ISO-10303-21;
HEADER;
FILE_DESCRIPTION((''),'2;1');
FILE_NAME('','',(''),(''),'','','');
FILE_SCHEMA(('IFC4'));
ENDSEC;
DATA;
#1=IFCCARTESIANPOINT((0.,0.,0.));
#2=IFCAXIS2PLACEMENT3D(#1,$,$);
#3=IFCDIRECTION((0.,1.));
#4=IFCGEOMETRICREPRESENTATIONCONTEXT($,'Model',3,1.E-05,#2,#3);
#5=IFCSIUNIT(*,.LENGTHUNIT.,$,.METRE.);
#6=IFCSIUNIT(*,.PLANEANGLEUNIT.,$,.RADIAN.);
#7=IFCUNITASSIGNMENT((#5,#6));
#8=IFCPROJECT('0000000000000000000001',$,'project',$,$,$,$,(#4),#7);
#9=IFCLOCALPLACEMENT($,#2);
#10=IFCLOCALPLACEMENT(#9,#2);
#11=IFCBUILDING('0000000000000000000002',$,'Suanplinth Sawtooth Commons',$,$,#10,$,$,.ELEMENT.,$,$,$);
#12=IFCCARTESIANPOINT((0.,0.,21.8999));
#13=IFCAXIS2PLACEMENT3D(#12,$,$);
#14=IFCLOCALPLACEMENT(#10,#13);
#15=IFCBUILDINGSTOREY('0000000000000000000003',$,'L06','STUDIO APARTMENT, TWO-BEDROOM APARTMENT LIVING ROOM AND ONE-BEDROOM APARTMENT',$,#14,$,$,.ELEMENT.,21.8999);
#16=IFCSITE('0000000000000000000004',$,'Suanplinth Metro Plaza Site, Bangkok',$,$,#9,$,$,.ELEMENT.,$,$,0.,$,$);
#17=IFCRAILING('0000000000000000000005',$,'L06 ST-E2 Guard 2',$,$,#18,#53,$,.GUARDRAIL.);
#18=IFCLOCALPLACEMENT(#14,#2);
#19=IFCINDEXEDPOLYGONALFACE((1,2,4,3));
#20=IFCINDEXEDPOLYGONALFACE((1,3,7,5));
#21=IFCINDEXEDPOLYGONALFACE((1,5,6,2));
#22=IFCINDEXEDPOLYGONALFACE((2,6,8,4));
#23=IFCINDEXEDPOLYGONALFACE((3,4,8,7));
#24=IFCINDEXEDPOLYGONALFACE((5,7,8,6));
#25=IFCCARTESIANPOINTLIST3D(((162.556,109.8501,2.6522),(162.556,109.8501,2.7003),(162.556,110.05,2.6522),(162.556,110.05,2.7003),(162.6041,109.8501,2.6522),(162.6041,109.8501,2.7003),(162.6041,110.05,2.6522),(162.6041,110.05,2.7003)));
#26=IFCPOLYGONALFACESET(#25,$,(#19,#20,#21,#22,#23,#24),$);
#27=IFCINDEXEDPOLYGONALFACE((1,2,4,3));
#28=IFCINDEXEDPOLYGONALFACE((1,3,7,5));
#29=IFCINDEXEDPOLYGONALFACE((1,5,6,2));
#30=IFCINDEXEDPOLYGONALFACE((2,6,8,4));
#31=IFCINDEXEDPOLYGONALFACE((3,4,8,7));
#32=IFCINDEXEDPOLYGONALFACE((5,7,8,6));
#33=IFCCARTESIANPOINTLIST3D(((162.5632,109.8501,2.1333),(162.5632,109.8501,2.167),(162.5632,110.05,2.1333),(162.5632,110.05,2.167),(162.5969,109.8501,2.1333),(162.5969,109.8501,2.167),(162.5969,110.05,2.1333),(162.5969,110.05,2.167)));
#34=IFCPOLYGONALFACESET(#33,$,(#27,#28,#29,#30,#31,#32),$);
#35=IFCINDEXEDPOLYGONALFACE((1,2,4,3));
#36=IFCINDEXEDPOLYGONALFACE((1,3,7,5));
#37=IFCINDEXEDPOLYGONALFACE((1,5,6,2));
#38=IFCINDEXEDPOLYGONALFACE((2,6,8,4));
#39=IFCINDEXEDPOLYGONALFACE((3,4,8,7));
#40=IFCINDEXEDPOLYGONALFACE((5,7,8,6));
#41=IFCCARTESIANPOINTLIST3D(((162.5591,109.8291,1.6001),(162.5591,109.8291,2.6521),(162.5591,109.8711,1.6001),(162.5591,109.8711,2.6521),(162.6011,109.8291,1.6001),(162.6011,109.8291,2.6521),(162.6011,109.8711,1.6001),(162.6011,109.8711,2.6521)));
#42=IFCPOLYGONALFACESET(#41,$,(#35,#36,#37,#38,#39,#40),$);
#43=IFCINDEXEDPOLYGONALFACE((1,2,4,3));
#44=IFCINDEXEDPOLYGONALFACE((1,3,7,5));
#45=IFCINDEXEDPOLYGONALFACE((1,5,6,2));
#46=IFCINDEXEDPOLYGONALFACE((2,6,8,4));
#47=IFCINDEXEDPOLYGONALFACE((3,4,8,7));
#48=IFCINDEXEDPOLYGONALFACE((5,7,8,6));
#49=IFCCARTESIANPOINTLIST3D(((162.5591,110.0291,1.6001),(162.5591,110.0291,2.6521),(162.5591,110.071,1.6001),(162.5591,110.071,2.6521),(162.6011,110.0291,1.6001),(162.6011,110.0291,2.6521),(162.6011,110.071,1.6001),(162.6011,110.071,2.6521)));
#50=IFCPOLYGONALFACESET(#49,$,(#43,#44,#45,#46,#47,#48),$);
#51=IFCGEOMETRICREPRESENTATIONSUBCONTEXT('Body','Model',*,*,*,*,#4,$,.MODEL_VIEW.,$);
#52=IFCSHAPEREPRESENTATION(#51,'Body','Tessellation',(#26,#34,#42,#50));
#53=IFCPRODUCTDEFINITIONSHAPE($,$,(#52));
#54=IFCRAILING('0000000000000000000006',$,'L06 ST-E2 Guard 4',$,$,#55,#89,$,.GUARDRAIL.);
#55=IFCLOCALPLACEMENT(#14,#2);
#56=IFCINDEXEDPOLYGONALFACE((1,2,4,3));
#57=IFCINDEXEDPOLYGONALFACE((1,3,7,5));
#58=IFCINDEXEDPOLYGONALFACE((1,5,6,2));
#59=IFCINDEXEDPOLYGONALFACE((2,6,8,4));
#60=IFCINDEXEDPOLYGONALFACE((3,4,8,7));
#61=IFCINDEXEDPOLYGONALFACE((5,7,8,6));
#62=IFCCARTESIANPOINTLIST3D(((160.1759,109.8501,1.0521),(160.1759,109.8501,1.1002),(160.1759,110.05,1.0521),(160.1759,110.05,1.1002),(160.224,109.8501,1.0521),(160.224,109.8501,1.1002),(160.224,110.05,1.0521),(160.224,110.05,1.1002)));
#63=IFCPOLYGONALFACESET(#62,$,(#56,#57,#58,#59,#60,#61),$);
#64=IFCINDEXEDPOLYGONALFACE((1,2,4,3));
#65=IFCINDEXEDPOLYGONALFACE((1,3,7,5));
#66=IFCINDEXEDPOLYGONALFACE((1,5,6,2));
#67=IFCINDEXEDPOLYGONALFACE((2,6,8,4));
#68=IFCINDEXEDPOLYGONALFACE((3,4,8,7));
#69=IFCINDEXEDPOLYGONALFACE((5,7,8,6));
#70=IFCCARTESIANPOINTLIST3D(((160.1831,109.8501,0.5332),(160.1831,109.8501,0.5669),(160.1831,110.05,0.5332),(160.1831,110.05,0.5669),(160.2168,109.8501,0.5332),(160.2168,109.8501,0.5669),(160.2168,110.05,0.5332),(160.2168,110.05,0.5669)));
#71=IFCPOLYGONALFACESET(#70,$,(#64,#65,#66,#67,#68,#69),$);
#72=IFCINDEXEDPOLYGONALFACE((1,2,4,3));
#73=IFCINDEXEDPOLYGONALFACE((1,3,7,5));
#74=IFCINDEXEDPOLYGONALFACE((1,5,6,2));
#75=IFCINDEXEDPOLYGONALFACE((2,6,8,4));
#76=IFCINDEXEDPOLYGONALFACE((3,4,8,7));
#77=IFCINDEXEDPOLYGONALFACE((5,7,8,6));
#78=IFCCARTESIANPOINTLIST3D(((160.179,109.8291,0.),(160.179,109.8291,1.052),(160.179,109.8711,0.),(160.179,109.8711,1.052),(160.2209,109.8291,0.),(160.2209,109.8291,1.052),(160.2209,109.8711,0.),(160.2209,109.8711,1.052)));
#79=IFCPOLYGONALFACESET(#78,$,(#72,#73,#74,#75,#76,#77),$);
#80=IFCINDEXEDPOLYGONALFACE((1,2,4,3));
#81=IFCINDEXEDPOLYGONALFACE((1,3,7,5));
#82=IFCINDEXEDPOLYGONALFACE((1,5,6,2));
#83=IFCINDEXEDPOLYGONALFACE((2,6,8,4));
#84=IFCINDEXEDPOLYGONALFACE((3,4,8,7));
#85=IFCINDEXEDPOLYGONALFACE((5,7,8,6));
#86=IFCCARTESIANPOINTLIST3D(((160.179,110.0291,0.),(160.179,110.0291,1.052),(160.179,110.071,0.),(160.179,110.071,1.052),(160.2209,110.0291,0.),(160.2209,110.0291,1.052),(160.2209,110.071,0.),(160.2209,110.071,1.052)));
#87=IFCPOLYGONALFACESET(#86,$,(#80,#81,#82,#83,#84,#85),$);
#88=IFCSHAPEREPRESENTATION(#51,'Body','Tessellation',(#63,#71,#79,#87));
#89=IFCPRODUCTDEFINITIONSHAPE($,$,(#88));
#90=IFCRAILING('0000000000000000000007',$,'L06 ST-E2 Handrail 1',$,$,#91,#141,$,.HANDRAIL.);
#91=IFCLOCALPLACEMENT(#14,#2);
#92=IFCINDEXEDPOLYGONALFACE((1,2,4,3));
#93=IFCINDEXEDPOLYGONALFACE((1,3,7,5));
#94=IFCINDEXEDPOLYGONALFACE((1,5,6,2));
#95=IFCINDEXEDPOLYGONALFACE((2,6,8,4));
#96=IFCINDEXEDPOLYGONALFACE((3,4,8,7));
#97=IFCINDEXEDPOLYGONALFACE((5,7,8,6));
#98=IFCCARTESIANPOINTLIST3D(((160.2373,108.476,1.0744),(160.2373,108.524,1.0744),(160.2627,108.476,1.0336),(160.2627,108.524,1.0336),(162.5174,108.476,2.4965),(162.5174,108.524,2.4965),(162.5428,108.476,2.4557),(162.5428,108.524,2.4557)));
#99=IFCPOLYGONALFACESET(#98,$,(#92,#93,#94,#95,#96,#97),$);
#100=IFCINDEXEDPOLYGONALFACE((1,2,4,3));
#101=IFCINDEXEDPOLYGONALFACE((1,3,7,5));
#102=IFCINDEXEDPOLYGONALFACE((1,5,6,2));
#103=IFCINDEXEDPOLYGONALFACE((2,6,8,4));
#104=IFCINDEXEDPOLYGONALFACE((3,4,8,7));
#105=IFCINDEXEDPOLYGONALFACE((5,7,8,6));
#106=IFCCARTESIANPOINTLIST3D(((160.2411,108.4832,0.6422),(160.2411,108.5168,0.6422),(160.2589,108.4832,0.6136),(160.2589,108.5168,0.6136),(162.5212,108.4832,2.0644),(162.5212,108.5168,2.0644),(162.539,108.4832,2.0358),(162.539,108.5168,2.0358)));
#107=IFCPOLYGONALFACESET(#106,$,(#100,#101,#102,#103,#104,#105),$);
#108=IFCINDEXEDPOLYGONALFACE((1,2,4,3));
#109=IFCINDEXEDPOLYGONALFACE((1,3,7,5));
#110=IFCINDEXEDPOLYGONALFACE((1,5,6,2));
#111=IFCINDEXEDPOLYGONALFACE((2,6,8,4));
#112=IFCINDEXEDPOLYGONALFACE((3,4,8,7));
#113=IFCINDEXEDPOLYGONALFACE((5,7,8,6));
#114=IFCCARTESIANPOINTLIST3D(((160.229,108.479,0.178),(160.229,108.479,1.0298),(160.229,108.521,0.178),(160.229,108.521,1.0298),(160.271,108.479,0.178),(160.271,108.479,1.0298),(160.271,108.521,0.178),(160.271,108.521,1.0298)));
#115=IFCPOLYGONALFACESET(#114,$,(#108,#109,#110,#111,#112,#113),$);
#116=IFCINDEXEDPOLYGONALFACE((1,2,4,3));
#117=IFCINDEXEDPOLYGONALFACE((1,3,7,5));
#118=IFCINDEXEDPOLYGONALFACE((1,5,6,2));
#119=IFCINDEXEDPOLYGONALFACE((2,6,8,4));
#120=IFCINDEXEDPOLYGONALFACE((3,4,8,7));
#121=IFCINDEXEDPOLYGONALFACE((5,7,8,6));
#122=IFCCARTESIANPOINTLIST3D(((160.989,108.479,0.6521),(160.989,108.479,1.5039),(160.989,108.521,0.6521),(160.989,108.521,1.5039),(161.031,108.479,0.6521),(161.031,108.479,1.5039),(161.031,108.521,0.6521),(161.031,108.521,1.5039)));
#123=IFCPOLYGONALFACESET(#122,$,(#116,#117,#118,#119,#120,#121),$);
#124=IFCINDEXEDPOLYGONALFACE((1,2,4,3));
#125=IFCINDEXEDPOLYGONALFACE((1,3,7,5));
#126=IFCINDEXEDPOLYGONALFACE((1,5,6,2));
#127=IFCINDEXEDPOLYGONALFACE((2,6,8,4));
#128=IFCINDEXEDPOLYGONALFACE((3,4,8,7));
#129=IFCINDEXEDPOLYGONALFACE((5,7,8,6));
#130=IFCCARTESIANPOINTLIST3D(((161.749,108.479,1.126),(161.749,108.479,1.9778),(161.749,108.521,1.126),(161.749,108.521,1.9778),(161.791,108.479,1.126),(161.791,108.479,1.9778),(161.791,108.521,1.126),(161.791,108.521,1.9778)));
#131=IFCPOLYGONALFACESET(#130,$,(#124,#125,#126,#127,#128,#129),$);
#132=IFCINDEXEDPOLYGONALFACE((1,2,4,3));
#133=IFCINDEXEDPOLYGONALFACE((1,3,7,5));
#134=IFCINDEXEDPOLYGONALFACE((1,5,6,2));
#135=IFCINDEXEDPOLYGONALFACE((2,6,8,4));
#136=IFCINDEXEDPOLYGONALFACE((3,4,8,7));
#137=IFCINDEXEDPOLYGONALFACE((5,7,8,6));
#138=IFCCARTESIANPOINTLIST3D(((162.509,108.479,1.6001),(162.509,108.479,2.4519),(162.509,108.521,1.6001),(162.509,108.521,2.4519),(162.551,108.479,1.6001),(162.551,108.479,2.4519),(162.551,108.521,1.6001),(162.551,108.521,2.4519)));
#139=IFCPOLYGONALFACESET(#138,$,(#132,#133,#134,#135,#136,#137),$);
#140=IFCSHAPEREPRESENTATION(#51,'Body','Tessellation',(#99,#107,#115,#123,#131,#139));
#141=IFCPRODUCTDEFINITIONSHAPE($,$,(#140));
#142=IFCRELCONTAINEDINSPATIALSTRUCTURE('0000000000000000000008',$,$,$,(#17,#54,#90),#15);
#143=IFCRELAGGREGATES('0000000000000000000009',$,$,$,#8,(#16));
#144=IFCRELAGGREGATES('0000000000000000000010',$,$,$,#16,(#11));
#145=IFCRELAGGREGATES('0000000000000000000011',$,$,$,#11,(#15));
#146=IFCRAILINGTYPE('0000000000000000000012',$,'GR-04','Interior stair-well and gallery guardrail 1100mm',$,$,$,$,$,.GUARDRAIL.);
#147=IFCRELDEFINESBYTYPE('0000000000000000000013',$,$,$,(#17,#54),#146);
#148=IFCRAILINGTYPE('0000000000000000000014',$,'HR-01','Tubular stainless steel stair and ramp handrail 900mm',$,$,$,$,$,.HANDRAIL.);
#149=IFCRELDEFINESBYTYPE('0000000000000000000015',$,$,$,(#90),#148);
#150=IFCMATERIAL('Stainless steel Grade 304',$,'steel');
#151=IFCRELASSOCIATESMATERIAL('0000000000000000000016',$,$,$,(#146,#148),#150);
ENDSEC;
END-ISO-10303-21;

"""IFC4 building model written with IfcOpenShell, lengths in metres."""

from ifc_helpers import new_model, si_unit, direction, frame, origin, origin_2d, place, context, subcontext, project, spatial, rectangle, extrude, material, type_object, element, save


model = new_model("IFC4")

# Units and contexts
model_context = context("Model", 3, precision=1e-05, world=origin(), true_north=direction((0.0, 1.0)))
body_context = subcontext(model_context, "Body", "Model", "MODEL_VIEW")
ifc_project = project(units=[si_unit("LENGTHUNIT", "METRE"), si_unit("PLANEANGLEUNIT", "RADIAN")], contexts=[model_context])

# Site, building, storey
site_placement = place(None, origin())
site = spatial("IfcSite", under=ifc_project, at=site_placement, Name="Suanplinth Metro Plaza Site, Bangkok", CompositionType="ELEMENT", RefElevation=0.0)
building_placement = place(site_placement, origin())
building = spatial("IfcBuilding", under=site, at=building_placement, Name="Suanplinth Sawtooth Commons", CompositionType="ELEMENT")
storey_placement = place(building_placement, frame((0.0, 0.0, 21.8999)))
storey = spatial("IfcBuildingStorey", under=building, at=storey_placement, Name="L06", Description="STUDIO APARTMENT, TWO-BEDROOM APARTMENT LIVING ROOM AND ONE-BEDROOM APARTMENT", CompositionType="ELEMENT", Elevation=21.8999)

# Railings
ifc_material_1 = material(Name="Stainless steel Grade 304", Category="steel")
railing_type_1 = type_object("IfcRailingType", Name="GR-04", Description="Interior stair-well and gallery guardrail 1100mm", PredefinedType="GUARDRAIL", material=ifc_material_1)
for number, where, name in (
    (1, (162.5801, 109.8501, 1.6001), "L06 ST-E2 Guard 2"),
    (2, (160.2, 109.8501, 0.0), "L06 ST-E2 Guard 4"),
):
    element("IfcRailing", number, at=place(storey_placement, frame(where)), inside=storey, type_object=railing_type_1, Name=name, PredefinedType="GUARDRAIL", context=body_context, shape_type="SweptSolid", body=[
        extrude(rectangle(XDim=0.0481, YDim=0.0481, at=origin_2d()), frame((0.0, 0.0, 1.0762), z_axis=(0.0, 1.0, 0.0), x_axis=(-1.0, 0.0, 0.0)), (0.0, 0.0, 1.0), 0.2),
        extrude(rectangle(XDim=0.0337, YDim=0.0337, at=origin_2d()), frame((0.0, 0.0, 0.55), z_axis=(0.0, 1.0, 0.0), x_axis=(-1.0, 0.0, 0.0)), (0.0, 0.0, 1.0), 0.2),
        extrude(rectangle(XDim=0.042, YDim=0.042, at=origin_2d()), origin(), (0.0, 0.0, 1.0), 1.052),
        extrude(rectangle(XDim=0.042, YDim=0.042, at=origin_2d()), frame((0.0, 0.2, 0.0)), (0.0, 0.0, 1.0), 1.052),
    ])
railing_type_2 = type_object("IfcRailingType", Name="HR-01", Description="Tubular stainless steel stair and ramp handrail 900mm", PredefinedType="HANDRAIL", material=ifc_material_1)
railing_1_placement = place(storey_placement, frame((160.25, 108.5, 0.178)))
element("IfcRailing", 3, at=railing_1_placement, inside=storey, type_object=railing_type_2, Name="L06 ST-E2 Handrail 1", PredefinedType="HANDRAIL", context=body_context, shape_type="SweptSolid", body=[
    extrude(rectangle(XDim=0.0481, YDim=0.0481, at=origin_2d()), frame((0.0, 0.0, 0.876), z_axis=(0.848483, 0.0, 0.529223), x_axis=(0.0, 1.0, 0.0)), (0.0, 0.0, 1.0), 2.6873),
    extrude(rectangle(XDim=0.0337, YDim=0.0337, at=origin_2d()), frame((0.0, 0.0, 0.45), z_axis=(0.848483, 0.0, 0.529223), x_axis=(0.0, 1.0, 0.0)), (0.0, 0.0, 1.0), 2.6873),
    extrude(rectangle(XDim=0.042, YDim=0.042, at=origin_2d()), origin(), (0.0, 0.0, 1.0), 0.8518),
    extrude(rectangle(XDim=0.042, YDim=0.042, at=origin_2d()), frame((0.76, 0.0, 0.4741)), (0.0, 0.0, 1.0), 0.8518),
    extrude(rectangle(XDim=0.042, YDim=0.042, at=origin_2d()), frame((1.52, 0.0, 0.948)), (0.0, 0.0, 1.0), 0.8518),
    extrude(rectangle(XDim=0.042, YDim=0.042, at=origin_2d()), frame((2.28, 0.0, 1.4221)), (0.0, 0.0, 1.0), 0.8518),
])

save(model, "model.ifc")
